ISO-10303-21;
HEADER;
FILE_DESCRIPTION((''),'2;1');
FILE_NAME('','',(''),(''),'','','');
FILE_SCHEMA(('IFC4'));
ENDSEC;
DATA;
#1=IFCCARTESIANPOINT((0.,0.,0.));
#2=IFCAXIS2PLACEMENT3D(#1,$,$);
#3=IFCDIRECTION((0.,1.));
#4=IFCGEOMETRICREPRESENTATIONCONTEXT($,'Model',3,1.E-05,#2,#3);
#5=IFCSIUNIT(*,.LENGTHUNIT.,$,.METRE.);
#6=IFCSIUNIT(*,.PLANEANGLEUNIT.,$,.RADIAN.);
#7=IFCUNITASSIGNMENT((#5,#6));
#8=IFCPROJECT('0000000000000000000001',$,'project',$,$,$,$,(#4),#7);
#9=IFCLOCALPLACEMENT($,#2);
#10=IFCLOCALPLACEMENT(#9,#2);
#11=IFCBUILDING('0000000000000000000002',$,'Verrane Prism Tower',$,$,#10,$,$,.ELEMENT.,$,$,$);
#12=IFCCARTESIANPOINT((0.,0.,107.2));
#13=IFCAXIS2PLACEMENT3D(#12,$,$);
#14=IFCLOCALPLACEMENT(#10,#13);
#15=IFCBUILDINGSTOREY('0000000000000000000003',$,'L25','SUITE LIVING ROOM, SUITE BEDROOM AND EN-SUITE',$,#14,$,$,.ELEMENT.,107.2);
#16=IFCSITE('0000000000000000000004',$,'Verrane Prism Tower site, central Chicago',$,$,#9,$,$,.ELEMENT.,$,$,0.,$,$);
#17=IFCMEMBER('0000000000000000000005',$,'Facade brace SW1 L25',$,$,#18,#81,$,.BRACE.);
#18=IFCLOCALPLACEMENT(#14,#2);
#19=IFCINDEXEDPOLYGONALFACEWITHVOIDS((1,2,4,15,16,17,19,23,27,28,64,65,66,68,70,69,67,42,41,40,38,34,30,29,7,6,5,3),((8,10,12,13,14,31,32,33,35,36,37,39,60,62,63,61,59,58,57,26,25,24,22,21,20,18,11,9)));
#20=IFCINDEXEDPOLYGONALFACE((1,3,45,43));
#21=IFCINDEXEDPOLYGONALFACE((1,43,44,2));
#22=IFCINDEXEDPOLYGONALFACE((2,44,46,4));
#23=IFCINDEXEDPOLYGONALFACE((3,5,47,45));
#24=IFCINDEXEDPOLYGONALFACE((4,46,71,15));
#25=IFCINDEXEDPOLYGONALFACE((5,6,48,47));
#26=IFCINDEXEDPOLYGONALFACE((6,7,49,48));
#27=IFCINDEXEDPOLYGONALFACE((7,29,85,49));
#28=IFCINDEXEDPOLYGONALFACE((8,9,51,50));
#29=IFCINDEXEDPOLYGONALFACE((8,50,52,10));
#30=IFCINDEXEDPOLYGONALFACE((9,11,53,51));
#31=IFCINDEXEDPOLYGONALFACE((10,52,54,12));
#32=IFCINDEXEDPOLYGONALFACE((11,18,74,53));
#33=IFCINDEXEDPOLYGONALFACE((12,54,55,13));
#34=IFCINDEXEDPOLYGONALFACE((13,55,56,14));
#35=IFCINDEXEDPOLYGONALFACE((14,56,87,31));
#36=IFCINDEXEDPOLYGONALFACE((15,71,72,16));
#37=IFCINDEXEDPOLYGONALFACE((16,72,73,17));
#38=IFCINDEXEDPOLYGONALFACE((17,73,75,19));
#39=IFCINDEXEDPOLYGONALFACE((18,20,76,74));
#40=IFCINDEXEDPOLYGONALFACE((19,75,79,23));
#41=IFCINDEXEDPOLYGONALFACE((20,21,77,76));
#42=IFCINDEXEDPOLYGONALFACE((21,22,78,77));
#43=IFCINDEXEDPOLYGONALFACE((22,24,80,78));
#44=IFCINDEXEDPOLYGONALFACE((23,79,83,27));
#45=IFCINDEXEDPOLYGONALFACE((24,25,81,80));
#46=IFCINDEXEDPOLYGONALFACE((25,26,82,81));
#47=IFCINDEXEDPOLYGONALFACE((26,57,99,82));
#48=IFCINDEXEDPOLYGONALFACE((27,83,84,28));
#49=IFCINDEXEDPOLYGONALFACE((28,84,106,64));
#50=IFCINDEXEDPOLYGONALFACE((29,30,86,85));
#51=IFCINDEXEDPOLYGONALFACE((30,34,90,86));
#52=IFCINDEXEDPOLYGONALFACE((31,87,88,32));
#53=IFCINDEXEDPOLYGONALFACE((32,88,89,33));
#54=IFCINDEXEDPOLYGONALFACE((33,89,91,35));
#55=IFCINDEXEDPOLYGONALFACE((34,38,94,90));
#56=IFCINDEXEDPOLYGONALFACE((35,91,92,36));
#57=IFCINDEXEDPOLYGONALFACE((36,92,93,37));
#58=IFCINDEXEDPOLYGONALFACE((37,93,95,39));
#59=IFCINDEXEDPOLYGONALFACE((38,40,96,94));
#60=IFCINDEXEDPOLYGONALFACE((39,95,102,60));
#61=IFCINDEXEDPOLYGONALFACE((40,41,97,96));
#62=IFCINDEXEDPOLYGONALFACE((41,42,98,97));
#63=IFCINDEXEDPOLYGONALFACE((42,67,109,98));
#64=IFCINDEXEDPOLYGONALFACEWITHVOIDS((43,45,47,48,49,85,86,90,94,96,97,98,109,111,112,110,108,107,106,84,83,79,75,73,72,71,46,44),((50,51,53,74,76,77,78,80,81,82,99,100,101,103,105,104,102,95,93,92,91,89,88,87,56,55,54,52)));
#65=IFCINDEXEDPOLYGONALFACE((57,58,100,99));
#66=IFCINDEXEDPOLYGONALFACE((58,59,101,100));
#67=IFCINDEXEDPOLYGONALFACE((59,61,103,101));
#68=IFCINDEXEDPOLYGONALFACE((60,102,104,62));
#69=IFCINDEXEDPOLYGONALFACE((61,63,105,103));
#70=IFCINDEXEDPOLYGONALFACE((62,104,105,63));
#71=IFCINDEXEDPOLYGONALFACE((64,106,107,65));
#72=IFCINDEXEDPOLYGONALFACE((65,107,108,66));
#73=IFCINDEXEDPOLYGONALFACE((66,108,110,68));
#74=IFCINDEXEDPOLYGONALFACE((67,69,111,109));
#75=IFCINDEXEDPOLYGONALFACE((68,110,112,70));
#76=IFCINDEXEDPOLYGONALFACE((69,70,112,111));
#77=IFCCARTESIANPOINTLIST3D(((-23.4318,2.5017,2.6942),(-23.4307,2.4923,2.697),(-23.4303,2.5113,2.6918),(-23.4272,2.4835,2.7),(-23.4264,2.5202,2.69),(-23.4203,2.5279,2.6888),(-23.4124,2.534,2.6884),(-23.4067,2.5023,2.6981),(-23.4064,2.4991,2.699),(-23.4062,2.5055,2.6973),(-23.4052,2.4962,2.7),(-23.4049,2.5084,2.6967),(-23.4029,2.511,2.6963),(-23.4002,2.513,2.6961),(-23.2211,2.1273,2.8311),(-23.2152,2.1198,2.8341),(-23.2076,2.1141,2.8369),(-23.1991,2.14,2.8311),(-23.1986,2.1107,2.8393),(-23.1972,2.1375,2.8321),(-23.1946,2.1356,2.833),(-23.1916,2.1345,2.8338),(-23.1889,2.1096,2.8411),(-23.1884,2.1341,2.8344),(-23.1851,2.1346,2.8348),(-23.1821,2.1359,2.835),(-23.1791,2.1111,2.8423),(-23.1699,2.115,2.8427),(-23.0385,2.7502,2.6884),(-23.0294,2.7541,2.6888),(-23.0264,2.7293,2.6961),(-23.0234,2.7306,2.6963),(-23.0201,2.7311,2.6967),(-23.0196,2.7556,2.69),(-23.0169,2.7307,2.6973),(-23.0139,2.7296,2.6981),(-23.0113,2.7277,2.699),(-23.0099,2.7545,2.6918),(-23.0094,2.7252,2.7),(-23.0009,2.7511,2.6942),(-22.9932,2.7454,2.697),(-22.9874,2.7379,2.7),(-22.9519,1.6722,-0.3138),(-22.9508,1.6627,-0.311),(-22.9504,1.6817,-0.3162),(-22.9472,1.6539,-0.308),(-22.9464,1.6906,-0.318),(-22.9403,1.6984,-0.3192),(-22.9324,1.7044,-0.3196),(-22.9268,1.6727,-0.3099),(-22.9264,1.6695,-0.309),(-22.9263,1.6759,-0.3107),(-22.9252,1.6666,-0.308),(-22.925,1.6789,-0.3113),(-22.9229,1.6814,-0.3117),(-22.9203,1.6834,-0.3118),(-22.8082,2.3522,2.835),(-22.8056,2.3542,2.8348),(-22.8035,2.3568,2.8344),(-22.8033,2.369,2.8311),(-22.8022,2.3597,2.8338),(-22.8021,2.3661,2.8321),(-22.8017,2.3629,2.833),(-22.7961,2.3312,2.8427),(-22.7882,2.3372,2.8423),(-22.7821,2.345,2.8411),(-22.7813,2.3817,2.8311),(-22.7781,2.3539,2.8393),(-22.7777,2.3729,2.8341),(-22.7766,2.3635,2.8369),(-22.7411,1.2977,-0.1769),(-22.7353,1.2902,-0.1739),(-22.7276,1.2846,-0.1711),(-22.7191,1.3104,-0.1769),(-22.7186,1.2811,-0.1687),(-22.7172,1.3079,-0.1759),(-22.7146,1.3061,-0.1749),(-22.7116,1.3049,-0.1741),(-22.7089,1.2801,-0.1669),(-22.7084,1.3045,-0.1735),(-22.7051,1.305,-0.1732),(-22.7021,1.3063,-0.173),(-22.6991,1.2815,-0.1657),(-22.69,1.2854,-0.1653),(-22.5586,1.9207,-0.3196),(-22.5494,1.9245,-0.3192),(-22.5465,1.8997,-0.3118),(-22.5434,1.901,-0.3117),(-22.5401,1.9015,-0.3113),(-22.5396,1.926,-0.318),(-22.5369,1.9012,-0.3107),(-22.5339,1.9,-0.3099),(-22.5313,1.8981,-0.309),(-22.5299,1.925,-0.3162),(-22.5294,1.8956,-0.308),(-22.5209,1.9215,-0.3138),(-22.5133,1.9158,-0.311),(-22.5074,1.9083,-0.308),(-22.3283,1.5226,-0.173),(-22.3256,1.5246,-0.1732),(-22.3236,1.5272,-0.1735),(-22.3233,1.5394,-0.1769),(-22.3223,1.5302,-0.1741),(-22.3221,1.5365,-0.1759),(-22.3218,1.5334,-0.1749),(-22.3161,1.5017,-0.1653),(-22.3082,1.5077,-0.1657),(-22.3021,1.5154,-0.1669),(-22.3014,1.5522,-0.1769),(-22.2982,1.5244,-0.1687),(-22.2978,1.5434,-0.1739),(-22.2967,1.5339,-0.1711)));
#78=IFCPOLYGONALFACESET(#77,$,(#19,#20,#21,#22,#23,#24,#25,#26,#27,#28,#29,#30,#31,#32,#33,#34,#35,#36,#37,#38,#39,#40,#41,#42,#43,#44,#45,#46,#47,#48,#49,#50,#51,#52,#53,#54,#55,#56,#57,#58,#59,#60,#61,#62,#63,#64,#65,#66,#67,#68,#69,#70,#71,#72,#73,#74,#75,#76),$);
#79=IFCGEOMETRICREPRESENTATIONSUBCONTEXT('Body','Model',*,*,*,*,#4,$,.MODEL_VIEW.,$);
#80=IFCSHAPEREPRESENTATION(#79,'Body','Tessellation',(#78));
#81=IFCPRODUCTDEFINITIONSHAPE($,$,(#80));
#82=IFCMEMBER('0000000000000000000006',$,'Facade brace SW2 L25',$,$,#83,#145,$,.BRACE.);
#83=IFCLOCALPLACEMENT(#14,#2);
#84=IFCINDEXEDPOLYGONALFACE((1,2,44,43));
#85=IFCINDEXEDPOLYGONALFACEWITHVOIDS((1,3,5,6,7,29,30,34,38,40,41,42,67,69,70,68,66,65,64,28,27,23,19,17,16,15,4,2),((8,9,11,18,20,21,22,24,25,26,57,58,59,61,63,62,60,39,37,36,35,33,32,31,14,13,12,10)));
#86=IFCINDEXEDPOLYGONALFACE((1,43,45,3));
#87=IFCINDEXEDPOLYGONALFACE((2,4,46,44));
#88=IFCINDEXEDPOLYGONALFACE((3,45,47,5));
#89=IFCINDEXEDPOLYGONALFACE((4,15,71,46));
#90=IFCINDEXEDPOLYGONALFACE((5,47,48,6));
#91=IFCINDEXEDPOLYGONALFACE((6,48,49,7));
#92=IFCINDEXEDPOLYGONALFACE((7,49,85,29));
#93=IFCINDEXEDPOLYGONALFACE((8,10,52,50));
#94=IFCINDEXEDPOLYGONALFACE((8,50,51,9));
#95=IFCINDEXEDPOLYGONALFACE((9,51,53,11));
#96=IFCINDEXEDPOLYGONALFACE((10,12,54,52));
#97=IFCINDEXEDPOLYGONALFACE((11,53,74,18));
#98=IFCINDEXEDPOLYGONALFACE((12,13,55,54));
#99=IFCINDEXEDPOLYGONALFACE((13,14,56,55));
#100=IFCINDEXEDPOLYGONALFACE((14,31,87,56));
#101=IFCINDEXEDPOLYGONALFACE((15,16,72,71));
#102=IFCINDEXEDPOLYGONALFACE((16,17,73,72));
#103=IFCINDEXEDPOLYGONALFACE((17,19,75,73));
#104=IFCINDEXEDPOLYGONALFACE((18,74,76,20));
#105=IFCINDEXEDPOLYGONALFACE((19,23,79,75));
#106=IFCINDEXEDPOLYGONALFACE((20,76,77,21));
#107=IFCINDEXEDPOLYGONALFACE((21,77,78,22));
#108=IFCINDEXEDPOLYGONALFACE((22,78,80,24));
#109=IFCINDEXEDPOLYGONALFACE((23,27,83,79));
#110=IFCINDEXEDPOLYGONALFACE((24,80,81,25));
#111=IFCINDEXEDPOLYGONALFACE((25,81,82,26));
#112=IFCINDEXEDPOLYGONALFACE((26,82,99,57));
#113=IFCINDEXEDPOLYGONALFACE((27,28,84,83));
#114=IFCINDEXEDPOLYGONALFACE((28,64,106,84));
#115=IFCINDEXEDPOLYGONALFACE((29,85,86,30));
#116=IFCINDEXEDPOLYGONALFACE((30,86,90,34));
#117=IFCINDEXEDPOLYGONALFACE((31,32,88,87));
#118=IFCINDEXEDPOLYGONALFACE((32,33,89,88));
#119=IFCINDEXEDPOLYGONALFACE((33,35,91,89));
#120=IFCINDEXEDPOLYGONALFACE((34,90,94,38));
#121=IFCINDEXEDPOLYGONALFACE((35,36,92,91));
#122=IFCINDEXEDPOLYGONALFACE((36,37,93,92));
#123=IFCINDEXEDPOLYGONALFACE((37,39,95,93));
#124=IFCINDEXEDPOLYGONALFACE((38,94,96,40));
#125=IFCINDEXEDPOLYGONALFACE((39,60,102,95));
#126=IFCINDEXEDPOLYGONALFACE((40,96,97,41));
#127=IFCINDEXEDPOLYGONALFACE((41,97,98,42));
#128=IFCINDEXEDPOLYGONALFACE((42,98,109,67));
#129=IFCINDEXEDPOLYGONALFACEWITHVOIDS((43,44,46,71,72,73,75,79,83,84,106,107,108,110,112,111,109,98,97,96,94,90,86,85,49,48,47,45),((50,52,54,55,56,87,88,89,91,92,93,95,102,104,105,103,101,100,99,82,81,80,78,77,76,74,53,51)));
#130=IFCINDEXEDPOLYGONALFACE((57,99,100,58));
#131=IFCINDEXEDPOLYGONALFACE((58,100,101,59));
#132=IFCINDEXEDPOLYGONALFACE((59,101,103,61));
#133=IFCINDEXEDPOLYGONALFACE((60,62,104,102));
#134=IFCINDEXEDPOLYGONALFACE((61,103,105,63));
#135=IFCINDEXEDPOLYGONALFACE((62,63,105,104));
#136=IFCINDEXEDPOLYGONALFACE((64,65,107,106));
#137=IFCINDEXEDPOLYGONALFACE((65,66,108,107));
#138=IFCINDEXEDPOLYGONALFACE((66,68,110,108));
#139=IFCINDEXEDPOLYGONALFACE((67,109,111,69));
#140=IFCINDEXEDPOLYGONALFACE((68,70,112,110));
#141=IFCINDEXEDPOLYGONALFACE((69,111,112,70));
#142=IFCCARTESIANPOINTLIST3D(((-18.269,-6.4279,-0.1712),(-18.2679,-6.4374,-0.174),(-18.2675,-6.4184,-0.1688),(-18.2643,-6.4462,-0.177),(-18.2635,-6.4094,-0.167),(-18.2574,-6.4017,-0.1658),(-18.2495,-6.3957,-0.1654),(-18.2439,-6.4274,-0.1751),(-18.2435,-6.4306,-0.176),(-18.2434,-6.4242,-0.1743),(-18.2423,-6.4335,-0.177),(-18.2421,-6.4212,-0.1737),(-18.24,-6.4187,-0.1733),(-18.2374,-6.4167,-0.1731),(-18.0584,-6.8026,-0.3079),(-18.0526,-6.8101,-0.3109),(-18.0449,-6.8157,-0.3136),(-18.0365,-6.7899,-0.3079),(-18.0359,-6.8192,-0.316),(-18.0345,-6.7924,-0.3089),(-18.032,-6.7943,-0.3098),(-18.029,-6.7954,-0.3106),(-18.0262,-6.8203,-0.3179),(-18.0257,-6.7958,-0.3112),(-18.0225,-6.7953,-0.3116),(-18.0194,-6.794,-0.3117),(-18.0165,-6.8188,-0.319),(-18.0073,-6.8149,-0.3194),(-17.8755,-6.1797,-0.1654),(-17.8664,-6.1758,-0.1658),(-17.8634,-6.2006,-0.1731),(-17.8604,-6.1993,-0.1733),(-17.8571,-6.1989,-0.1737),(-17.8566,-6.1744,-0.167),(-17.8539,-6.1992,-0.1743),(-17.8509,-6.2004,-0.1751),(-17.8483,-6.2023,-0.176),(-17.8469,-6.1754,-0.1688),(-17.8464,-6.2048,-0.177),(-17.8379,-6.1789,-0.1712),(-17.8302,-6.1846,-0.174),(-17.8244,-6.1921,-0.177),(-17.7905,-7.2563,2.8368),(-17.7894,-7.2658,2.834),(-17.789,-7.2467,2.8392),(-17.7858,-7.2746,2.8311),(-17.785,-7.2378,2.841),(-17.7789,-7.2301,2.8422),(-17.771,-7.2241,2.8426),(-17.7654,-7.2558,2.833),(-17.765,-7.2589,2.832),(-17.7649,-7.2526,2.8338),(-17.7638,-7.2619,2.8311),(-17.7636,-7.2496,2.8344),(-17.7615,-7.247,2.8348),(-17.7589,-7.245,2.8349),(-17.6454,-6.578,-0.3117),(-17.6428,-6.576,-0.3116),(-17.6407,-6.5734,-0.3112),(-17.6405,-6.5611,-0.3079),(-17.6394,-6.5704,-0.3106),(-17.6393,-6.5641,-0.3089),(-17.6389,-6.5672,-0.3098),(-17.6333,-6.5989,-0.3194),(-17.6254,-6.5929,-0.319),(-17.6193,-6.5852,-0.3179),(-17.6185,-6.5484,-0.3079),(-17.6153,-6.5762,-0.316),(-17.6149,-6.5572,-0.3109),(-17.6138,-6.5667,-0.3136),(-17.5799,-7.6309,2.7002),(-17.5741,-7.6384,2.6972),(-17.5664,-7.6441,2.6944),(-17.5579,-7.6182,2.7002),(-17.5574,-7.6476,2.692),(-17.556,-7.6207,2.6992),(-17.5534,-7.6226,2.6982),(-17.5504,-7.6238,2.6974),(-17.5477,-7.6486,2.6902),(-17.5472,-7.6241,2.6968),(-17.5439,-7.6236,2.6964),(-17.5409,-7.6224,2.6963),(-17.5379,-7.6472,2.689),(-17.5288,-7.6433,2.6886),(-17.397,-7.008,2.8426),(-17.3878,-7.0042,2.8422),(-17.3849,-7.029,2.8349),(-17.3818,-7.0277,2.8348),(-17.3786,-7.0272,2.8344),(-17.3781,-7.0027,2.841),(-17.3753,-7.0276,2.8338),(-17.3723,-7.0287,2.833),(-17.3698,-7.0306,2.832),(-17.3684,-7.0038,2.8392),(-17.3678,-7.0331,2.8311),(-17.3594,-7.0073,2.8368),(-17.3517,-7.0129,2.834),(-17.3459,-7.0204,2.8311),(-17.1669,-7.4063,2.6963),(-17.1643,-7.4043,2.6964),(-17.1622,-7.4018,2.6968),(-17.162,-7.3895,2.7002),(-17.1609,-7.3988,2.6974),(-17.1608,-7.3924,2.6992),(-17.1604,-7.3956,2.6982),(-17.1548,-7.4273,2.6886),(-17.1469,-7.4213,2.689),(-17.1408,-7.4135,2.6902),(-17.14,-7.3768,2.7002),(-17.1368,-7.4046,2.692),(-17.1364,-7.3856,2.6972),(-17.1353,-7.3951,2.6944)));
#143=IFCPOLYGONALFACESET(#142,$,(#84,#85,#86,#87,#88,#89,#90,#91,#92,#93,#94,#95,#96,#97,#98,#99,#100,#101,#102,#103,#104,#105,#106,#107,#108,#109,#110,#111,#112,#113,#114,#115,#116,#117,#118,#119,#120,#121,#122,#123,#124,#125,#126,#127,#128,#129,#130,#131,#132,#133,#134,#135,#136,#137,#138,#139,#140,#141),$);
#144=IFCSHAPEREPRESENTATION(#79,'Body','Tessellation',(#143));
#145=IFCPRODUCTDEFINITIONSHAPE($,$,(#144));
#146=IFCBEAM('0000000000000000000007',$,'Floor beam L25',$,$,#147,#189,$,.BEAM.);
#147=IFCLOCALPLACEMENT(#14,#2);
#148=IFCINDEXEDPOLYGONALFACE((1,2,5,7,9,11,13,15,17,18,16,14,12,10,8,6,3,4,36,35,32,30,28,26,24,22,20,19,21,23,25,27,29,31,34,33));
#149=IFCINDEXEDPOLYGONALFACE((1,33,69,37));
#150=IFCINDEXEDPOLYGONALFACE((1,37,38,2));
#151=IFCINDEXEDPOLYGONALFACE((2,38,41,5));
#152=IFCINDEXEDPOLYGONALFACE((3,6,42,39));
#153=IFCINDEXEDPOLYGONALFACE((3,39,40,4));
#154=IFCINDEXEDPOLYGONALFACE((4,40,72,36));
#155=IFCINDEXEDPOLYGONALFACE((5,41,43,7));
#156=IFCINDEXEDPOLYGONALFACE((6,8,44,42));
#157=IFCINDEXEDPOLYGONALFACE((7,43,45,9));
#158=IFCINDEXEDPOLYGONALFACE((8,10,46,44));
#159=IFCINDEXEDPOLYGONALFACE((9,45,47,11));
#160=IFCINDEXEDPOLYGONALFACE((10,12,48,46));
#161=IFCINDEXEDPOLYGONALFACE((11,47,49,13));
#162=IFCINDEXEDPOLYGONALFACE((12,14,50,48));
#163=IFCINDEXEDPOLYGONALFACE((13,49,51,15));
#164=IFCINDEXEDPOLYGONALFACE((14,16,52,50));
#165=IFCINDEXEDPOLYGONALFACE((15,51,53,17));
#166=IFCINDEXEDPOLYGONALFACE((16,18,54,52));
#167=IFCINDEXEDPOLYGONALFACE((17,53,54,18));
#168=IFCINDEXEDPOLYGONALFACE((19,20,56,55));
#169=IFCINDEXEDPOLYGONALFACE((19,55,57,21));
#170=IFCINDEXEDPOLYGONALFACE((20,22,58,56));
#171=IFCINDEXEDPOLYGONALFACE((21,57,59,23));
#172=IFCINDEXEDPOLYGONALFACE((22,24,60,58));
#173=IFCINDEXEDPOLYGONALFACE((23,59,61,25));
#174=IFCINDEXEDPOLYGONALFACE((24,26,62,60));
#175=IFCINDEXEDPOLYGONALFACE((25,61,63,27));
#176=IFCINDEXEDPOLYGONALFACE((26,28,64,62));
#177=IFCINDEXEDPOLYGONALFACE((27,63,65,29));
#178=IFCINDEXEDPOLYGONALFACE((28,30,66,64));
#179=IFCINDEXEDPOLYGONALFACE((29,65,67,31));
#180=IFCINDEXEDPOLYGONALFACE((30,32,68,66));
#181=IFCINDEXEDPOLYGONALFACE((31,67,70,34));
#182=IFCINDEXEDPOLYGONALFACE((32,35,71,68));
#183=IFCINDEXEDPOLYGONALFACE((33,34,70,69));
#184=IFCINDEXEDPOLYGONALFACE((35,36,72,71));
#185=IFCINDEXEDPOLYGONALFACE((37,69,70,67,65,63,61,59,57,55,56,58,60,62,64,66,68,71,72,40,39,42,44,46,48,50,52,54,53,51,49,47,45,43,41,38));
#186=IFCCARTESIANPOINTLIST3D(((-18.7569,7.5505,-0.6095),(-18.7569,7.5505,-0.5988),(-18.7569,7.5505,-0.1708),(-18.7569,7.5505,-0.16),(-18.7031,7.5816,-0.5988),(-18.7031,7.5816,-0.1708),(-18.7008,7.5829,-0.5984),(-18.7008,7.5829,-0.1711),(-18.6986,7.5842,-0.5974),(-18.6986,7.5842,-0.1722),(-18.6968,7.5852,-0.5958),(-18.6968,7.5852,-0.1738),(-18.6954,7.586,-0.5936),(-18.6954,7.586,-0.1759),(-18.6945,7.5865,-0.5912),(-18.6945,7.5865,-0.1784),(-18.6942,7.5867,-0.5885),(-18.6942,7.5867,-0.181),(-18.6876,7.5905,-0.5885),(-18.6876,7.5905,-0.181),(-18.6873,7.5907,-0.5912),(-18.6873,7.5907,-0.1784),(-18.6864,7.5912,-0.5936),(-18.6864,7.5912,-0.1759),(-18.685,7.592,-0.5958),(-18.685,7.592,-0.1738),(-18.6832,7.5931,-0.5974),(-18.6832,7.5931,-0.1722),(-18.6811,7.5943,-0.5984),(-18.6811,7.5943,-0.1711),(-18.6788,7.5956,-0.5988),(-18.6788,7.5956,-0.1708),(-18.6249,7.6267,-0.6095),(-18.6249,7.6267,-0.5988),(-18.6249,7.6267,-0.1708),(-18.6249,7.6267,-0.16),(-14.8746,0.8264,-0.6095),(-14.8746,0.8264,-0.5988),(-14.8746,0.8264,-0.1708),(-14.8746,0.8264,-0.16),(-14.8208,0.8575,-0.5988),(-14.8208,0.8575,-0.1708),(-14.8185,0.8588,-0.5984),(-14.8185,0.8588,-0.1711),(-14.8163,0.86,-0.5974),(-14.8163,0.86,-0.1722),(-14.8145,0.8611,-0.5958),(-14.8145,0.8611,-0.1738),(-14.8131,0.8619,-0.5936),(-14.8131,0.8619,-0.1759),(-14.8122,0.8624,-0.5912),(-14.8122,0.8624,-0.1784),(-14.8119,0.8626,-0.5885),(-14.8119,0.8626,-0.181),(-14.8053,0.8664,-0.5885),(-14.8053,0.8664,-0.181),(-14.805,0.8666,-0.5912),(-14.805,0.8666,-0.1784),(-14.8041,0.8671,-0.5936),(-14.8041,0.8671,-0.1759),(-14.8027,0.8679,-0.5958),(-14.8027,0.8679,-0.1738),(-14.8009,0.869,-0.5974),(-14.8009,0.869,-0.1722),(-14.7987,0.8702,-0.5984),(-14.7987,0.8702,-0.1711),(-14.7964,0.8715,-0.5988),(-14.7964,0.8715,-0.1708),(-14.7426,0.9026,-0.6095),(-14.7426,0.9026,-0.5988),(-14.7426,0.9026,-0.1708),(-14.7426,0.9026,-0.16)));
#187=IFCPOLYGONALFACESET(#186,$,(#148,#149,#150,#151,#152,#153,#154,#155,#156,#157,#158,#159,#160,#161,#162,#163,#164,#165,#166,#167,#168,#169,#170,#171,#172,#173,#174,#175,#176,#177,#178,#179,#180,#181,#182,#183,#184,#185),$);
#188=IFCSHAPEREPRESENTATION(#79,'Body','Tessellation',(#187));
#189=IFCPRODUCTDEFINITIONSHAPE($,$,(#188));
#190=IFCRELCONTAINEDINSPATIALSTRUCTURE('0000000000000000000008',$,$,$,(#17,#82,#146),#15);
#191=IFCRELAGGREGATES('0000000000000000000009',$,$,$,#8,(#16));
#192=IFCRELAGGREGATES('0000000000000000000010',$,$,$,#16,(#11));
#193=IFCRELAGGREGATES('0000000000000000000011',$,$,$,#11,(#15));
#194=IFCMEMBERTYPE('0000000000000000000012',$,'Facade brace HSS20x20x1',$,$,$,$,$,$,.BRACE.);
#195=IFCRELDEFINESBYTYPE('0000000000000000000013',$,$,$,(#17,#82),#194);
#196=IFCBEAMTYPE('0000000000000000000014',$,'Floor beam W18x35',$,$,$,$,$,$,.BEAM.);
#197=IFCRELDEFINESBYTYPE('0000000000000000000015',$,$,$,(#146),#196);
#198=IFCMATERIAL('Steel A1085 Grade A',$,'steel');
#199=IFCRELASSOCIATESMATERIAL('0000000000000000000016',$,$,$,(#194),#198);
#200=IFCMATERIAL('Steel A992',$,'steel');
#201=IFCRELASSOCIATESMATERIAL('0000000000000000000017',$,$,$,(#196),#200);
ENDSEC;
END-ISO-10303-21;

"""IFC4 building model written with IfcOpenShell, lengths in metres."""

from ifc_helpers import new_model, si_unit, direction, frame, origin, origin_2d, place, context, subcontext, project, spatial, hollow_rectangle, i_section, extrude, material, material_profile, profile_set, type_object, element, save


model = new_model("IFC4")

# Units and contexts
model_context = context("Model", 3, precision=1e-05, world=origin(), true_north=direction((0.0, 1.0)))
body_context = subcontext(model_context, "Body", "Model", "MODEL_VIEW")
ifc_project = project(units=[si_unit("LENGTHUNIT", "METRE"), si_unit("PLANEANGLEUNIT", "RADIAN")], contexts=[model_context])

# Site, building, storey
site_placement = place(None, origin())
site = spatial("IfcSite", under=ifc_project, at=site_placement, Name="Verrane Prism Tower site, central Chicago", CompositionType="ELEMENT", RefElevation=0.0)
building_placement = place(site_placement, origin())
building = spatial("IfcBuilding", under=site, at=building_placement, Name="Verrane Prism Tower", CompositionType="ELEMENT")
storey_placement = place(building_placement, frame((0.0, 0.0, 107.2)))
storey = spatial("IfcBuildingStorey", under=building, at=storey_placement, Name="L25", Description="SUITE LIVING ROOM, SUITE BEDROOM AND EN-SUITE", CompositionType="ELEMENT", Elevation=107.2)

# Members
ifc_material_1 = material(Name="Steel A1085 Grade A", Category="steel")
ifc_material_profile_1 = material_profile(ifc_material_1, hollow_rectangle(XDim=0.5081, YDim=0.5081, WallThickness=0.0254, InnerFilletRadius=0.0127, OuterFilletRadius=0.0381, at=origin_2d()), Name="HSS20x20x1")
ifc_profile_set_1 = profile_set([ifc_material_profile_1], Name="Steel A1085 Grade A")
member_type_1 = type_object("IfcMemberType", Name="Facade brace HSS20x20x1", PredefinedType="BRACE", material=ifc_profile_set_1)
member_1_placement = place(storey_placement, frame((-22.6243, 1.603, -0.2424), z_axis=(-0.152034, 0.262773, 0.952804), x_axis=(-0.865566, -0.500795, 0.0)))
element("IfcMember", 1, at=member_1_placement, inside=storey, type_object=member_type_1, Name="Facade brace SW1 L25", PredefinedType="BRACE", context=body_context, shape_type="SweptSolid", body=[
    extrude(hollow_rectangle(XDim=0.5081, YDim=0.5081, WallThickness=0.0254, InnerFilletRadius=0.0127, OuterFilletRadius=0.0381, at=origin_2d()), origin(), (0.0, 0.0, 1.0), 3.157),
])
member_2_placement = place(storey_placement, frame((-17.9414, -6.4973, -0.2424), z_axis=(0.151596, -0.262432, 0.952968), x_axis=(0.865909, 0.500201, 0.0)))
element("IfcMember", 2, at=member_2_placement, inside=storey, type_object=member_type_1, Name="Facade brace SW2 L25", PredefinedType="BRACE", context=body_context, shape_type="SweptSolid", body=[
    extrude(hollow_rectangle(XDim=0.5081, YDim=0.5081, WallThickness=0.0254, InnerFilletRadius=0.0127, OuterFilletRadius=0.0381, at=origin_2d()), origin(), (0.0, 0.0, 1.0), 3.1565),
])

# Beam
ifc_material_2 = material(Name="Steel A992", Category="steel")
ifc_material_profile_2 = material_profile(ifc_material_2, i_section(OverallWidth=0.1523, OverallDepth=0.4495, WebThickness=0.0076, FlangeThickness=0.0107, FilletRadius=0.0103, at=origin_2d()), Name="W18x35")
ifc_profile_set_2 = profile_set([ifc_material_profile_2], Name="Steel A992")
beam_type_1 = type_object("IfcBeamType", Name="Floor beam W18x35", PredefinedType="BEAM", material=ifc_profile_set_2)
beam_1_placement = place(storey_placement, frame((-14.8086, 0.8645, -0.3848), z_axis=(-0.500015, 0.866017, 0.0), x_axis=(-0.866017, -0.500015, 0.0)))
element("IfcBeam", 3, at=beam_1_placement, inside=storey, type_object=beam_type_1, Name="Floor beam L25", PredefinedType="BEAM", context=body_context, shape_type="SweptSolid", body=[
    extrude(i_section(OverallWidth=0.1523, OverallDepth=0.4495, WebThickness=0.0076, FlangeThickness=0.0107, FilletRadius=0.0103, at=origin_2d()), origin(), (0.0, 0.0, 1.0), 7.7644),
])

save(model, "model.ifc")
